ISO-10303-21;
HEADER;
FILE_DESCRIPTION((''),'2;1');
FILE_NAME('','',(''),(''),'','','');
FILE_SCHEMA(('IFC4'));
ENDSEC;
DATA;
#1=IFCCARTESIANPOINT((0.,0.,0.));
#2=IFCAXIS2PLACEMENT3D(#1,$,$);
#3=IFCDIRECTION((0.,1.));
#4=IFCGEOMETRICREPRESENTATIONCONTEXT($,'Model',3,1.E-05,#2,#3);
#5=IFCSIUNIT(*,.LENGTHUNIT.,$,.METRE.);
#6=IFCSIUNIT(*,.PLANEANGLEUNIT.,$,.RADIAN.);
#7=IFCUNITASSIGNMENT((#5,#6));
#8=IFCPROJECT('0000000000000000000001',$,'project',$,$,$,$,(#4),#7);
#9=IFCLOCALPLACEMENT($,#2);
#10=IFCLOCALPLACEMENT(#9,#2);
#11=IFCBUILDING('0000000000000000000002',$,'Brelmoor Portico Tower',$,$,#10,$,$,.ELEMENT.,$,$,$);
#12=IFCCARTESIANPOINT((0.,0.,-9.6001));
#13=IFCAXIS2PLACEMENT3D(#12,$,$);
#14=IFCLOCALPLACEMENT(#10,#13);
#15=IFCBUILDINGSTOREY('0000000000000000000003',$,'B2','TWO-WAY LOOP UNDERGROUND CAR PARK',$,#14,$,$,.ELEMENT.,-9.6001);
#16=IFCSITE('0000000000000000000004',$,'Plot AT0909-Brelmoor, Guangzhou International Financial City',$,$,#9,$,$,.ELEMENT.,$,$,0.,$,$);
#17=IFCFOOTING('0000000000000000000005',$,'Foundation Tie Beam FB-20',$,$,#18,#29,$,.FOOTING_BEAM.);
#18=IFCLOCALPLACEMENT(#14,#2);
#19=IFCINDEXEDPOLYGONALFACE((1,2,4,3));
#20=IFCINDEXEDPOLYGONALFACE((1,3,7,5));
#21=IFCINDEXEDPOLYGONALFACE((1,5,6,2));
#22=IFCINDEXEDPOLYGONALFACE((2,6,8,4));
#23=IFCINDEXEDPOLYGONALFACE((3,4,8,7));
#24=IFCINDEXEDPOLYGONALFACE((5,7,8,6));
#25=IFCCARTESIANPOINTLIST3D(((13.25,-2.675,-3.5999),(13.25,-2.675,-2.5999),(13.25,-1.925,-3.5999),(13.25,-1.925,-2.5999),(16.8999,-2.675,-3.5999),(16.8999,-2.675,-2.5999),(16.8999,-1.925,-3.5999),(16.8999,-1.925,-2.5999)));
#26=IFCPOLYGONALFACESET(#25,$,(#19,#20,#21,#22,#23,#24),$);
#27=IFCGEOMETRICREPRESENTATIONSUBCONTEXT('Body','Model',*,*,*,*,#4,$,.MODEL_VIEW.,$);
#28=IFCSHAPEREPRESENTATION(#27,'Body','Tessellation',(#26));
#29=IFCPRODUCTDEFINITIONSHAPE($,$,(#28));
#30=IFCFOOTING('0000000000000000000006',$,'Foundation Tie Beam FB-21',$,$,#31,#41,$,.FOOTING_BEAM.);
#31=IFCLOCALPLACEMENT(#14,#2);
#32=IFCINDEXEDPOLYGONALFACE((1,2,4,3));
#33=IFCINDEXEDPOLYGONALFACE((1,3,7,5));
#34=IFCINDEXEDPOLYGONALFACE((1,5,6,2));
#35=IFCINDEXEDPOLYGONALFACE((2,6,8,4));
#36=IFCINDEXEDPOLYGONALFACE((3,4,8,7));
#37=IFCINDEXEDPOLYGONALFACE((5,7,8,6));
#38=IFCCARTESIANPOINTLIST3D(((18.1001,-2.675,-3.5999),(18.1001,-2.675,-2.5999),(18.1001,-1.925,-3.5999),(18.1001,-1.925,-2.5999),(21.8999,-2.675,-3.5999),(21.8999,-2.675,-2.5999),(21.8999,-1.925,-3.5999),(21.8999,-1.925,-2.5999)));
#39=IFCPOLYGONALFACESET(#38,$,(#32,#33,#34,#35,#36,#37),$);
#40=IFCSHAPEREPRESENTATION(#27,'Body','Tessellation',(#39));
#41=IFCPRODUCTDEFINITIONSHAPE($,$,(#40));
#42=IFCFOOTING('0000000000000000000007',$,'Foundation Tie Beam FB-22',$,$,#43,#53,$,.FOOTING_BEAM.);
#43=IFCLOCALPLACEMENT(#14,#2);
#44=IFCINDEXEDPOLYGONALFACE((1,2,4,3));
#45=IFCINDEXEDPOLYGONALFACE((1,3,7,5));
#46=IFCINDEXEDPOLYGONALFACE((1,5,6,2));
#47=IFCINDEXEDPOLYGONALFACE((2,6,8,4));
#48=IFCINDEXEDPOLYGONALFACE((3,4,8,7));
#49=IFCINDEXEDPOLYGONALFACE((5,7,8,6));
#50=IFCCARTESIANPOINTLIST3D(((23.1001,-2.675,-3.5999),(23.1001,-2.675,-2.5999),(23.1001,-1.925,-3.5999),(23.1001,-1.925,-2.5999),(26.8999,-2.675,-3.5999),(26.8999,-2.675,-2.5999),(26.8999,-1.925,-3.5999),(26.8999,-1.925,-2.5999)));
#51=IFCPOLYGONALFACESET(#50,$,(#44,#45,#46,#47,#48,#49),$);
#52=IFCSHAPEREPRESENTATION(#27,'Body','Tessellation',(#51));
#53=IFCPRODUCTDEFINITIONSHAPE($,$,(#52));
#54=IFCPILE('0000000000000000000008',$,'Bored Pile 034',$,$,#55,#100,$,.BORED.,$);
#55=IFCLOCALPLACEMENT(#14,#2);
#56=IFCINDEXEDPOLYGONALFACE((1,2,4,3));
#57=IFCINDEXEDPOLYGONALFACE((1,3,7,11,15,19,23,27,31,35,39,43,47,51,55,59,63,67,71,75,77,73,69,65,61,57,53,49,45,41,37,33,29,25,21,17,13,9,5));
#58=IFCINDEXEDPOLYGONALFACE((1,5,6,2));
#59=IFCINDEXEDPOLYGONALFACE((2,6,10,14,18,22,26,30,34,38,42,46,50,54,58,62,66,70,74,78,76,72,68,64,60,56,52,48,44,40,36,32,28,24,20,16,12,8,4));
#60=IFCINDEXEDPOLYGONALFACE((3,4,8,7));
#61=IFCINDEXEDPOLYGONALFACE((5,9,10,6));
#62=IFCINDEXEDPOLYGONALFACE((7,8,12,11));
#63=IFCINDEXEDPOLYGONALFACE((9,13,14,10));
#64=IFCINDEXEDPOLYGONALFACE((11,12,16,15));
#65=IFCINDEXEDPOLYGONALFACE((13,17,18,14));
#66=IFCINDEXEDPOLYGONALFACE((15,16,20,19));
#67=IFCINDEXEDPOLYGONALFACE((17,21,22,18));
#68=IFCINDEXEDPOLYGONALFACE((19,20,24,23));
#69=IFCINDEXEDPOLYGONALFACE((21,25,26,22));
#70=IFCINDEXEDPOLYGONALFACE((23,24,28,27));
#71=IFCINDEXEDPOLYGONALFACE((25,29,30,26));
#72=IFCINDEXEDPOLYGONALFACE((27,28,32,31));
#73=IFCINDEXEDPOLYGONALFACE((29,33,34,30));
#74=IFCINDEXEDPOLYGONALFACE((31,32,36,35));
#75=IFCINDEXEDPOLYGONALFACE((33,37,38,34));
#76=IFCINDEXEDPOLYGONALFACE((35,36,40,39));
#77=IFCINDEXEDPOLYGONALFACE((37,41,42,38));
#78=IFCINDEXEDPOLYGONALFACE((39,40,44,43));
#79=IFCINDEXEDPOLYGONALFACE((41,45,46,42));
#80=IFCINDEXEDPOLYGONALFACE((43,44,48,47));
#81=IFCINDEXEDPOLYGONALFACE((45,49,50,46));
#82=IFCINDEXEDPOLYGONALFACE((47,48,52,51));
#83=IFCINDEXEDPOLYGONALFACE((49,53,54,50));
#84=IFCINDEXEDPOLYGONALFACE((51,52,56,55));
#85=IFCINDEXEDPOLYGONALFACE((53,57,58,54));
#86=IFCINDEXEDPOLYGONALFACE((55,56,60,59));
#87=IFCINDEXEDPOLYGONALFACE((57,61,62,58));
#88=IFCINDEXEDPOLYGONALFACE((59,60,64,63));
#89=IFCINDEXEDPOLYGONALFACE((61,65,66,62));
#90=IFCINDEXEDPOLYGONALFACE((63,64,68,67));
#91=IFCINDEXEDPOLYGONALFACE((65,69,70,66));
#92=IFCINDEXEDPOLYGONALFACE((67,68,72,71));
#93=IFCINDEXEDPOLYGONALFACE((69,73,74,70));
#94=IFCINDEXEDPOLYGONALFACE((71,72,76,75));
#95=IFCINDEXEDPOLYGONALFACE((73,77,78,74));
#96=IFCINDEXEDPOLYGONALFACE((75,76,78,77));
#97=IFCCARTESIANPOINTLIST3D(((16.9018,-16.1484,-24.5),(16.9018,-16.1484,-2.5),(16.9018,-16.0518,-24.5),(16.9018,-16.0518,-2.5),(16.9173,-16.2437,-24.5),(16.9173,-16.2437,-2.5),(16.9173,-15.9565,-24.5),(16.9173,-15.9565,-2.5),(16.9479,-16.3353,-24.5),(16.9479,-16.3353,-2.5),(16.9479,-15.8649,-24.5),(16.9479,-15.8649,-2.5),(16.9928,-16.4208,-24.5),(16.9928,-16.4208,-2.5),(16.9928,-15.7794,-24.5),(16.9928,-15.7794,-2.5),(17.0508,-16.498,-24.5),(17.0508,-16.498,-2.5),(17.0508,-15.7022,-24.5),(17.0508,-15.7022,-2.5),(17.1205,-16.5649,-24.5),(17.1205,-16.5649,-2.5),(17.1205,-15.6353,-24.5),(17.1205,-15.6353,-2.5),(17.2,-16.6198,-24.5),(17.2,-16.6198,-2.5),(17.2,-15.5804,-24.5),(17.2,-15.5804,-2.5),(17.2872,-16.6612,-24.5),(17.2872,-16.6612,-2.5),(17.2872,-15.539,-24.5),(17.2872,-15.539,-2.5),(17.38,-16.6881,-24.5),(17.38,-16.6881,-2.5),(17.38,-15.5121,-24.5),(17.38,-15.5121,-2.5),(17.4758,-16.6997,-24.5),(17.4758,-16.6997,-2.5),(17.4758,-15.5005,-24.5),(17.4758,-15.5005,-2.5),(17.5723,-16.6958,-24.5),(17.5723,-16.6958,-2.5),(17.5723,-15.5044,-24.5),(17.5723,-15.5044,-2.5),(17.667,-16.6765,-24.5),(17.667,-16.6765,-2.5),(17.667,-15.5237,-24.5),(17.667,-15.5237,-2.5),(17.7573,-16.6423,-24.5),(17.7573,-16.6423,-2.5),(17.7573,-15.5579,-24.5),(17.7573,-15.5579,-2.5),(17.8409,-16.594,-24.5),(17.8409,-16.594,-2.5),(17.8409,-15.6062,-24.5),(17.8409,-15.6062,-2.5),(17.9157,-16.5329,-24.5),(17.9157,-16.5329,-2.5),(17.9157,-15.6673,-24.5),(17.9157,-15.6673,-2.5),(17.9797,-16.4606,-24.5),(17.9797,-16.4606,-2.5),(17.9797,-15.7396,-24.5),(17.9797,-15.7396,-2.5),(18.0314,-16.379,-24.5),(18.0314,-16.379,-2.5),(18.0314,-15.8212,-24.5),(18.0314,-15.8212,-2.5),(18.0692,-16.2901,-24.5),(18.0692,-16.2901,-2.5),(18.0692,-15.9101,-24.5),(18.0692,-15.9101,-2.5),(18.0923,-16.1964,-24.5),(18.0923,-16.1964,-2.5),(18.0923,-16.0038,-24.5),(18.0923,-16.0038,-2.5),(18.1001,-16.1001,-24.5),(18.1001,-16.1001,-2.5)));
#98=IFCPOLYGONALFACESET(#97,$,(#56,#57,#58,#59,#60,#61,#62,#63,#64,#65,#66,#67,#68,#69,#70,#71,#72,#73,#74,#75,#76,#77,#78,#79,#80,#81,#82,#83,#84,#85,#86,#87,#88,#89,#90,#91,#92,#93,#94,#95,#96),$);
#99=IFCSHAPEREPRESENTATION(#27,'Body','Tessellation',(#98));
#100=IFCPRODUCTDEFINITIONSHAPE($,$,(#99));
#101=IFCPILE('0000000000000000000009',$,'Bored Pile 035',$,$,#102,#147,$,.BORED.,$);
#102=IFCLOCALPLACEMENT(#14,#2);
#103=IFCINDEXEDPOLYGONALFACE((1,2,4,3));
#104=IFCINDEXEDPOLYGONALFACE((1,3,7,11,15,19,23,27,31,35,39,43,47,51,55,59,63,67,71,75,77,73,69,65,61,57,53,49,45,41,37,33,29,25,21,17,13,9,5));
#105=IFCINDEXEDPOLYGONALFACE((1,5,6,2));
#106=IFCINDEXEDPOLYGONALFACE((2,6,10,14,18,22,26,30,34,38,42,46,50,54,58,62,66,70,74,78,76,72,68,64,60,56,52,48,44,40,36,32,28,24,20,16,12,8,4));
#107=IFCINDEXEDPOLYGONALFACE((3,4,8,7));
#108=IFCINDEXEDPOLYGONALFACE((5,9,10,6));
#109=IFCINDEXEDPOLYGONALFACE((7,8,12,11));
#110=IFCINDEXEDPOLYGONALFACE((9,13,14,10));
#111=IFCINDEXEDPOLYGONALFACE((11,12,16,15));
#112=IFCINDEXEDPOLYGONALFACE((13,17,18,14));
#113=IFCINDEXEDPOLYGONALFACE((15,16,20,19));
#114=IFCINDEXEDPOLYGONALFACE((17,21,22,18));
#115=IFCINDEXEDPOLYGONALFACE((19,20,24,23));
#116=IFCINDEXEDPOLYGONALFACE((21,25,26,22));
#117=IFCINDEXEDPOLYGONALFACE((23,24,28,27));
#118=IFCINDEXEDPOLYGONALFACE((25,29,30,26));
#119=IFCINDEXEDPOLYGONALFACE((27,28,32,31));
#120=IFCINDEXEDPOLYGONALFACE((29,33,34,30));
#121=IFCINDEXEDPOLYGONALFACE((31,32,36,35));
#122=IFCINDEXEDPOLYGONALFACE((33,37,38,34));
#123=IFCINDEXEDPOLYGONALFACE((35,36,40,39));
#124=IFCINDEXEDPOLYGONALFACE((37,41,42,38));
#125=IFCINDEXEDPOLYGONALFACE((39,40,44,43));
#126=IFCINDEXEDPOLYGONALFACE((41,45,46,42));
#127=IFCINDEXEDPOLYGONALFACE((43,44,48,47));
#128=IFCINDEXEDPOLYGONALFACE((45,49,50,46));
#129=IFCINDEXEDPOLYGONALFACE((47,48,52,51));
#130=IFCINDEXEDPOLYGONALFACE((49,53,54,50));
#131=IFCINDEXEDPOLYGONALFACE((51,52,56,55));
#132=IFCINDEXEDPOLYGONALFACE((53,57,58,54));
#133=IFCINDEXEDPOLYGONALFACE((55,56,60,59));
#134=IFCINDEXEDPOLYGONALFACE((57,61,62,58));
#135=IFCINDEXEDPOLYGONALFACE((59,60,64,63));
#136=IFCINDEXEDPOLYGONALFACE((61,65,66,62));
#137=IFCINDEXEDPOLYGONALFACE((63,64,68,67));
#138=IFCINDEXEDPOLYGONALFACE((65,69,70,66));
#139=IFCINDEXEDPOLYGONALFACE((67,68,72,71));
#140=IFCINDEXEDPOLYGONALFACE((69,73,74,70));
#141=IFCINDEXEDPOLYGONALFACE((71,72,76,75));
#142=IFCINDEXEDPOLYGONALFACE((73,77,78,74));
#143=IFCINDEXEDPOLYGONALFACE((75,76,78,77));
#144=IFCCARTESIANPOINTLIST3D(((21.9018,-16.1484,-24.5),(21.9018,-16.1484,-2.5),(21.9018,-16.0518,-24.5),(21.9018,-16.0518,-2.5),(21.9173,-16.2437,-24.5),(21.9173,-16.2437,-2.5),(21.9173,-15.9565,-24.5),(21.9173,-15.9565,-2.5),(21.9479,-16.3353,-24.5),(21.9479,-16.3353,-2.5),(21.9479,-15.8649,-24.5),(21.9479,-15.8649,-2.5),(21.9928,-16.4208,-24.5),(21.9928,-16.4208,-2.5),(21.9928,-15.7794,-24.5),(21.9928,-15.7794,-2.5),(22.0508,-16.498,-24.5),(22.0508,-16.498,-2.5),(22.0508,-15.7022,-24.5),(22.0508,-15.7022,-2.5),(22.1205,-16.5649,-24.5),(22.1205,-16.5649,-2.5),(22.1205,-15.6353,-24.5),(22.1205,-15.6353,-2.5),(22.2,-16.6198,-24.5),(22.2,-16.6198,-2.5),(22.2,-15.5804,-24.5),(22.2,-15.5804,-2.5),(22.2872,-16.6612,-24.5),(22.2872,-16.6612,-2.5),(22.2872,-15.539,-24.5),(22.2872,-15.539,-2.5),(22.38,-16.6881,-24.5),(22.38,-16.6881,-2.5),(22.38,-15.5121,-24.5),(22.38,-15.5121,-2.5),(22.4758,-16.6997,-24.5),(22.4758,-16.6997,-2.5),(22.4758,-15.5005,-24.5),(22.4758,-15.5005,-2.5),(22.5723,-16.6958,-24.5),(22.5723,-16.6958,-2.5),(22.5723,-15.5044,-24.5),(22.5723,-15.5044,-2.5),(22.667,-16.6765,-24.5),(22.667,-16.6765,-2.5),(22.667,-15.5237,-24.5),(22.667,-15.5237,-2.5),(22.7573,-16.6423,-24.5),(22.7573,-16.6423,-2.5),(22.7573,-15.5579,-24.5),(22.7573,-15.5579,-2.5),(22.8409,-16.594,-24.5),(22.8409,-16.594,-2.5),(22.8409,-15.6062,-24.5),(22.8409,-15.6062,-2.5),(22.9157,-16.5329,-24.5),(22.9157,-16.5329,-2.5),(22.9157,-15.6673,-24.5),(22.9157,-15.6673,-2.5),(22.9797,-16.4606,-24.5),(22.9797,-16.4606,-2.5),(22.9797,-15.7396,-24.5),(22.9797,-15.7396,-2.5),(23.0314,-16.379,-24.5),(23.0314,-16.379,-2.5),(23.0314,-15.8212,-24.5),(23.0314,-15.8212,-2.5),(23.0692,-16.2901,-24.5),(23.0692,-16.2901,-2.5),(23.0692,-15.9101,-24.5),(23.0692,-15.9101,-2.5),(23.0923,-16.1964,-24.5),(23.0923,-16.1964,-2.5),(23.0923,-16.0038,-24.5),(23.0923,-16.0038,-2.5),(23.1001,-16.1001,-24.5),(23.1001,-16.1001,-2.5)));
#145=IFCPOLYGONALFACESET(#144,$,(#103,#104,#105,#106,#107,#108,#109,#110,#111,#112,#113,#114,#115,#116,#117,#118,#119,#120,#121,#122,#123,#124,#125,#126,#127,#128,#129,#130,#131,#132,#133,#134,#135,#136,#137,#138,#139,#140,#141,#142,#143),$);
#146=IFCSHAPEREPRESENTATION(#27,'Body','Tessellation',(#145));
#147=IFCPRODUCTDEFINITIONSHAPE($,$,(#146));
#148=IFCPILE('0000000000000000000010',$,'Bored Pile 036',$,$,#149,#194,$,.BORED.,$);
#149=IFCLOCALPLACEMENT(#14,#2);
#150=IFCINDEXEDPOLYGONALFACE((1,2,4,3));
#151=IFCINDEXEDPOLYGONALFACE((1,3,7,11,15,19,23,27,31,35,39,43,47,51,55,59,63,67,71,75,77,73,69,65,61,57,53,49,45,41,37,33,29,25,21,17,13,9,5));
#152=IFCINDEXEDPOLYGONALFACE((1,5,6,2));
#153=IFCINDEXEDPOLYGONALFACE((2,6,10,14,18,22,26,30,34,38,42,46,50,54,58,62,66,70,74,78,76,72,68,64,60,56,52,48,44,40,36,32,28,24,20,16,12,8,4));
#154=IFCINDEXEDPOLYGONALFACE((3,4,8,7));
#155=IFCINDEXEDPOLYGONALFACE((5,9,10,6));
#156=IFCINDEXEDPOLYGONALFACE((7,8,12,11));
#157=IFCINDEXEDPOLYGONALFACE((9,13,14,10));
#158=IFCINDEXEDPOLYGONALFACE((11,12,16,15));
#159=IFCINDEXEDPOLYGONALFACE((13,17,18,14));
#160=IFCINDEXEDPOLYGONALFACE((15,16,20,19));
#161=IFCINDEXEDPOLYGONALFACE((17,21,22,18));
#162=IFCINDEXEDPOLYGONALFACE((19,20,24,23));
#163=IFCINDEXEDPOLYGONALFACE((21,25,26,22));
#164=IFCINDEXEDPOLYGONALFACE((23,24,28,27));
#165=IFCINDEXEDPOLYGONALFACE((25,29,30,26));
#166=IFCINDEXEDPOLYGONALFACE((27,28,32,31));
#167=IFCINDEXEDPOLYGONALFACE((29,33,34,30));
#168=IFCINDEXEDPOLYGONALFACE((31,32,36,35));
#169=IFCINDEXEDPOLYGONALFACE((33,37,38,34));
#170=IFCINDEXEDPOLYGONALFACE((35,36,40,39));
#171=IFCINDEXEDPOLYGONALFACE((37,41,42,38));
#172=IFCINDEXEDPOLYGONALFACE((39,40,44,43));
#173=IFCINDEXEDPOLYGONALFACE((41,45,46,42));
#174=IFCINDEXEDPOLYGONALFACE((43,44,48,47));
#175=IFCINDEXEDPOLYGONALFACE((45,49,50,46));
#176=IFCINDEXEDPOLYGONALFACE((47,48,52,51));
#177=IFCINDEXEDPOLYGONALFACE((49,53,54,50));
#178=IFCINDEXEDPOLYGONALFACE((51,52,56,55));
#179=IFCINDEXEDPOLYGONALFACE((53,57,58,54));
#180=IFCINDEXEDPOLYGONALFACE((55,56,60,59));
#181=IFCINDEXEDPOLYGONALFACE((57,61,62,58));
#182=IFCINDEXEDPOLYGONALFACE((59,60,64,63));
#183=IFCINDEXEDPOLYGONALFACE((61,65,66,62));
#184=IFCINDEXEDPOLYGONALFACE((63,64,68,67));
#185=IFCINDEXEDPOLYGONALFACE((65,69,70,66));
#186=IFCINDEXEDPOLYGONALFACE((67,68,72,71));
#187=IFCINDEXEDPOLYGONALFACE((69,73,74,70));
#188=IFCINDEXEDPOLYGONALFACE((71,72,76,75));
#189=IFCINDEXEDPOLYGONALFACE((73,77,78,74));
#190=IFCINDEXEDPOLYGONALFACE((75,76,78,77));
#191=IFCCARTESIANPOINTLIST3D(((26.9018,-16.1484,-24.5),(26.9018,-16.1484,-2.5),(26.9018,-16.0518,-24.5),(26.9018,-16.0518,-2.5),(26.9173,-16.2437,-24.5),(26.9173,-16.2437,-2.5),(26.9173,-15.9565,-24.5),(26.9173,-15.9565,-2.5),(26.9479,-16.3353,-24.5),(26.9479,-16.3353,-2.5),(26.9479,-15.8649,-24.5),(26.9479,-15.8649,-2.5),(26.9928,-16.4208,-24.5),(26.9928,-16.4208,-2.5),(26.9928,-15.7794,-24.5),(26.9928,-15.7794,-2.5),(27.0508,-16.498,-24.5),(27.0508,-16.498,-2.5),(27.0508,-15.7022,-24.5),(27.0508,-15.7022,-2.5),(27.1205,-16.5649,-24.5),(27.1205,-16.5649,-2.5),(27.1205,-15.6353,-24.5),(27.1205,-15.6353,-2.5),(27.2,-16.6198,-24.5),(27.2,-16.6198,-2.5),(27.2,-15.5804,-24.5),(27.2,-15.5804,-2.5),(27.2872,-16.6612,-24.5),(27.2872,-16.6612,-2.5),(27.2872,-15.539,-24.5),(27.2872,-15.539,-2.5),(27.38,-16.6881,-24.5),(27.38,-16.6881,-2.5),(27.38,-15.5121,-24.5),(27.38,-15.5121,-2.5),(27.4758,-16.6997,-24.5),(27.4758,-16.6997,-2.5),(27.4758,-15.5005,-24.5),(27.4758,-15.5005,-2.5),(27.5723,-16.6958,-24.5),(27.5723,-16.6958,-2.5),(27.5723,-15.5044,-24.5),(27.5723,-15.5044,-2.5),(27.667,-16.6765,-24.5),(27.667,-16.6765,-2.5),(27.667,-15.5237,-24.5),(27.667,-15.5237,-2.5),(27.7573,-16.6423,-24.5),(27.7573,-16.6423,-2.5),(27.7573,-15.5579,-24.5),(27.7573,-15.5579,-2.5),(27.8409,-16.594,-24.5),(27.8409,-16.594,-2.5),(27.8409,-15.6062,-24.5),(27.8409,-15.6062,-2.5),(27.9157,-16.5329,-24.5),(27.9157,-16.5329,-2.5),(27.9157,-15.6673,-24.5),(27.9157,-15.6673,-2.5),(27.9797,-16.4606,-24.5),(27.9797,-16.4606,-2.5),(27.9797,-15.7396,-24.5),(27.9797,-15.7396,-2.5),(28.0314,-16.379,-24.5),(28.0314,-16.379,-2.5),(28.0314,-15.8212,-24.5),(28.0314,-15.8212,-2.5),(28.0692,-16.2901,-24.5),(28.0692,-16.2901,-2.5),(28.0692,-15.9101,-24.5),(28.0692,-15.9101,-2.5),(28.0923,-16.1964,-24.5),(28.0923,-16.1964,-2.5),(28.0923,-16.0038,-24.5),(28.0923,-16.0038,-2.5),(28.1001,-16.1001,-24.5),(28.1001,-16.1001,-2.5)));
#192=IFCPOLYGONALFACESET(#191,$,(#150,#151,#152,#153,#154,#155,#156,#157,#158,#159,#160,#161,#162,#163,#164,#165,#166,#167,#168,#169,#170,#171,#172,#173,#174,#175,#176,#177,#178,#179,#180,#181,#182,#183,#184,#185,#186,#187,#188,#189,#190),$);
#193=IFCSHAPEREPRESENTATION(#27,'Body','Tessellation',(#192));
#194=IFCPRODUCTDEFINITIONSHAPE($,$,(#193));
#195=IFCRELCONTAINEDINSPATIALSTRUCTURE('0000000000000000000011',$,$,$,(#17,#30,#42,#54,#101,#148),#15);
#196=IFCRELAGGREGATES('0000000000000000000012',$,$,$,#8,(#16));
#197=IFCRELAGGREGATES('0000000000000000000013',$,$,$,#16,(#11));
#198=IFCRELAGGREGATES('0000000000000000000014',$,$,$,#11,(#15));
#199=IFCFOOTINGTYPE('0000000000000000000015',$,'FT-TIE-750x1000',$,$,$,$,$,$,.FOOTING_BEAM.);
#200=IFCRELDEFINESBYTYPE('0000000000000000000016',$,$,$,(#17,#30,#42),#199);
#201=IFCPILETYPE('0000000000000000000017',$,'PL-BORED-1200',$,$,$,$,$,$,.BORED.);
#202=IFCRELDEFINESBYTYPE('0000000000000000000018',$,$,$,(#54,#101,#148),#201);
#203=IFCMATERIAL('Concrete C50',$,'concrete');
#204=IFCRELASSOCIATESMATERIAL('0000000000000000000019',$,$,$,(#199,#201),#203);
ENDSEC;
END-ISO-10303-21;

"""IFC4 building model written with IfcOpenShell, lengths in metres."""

from ifc_helpers import new_model, si_unit, direction, frame, origin, origin_2d, place, context, subcontext, project, spatial, rectangle, circle, extrude, material, material_profile, profile_set, type_object, element, save


model = new_model("IFC4")

# Units and contexts
model_context = context("Model", 3, precision=1e-05, world=origin(), true_north=direction((0.0, 1.0)))
body_context = subcontext(model_context, "Body", "Model", "MODEL_VIEW")
ifc_project = project(units=[si_unit("LENGTHUNIT", "METRE"), si_unit("PLANEANGLEUNIT", "RADIAN")], contexts=[model_context])

# Site, building, storey
site_placement = place(None, origin())
site = spatial("IfcSite", under=ifc_project, at=site_placement, Name="Plot AT0909-Brelmoor, Guangzhou International Financial City", CompositionType="ELEMENT", RefElevation=0.0)
building_placement = place(site_placement, origin())
building = spatial("IfcBuilding", under=site, at=building_placement, Name="Brelmoor Portico Tower", CompositionType="ELEMENT")
storey_placement = place(building_placement, frame((0.0, 0.0, -9.6001)))
storey = spatial("IfcBuildingStorey", under=building, at=storey_placement, Name="B2", Description="TWO-WAY LOOP UNDERGROUND CAR PARK", CompositionType="ELEMENT", Elevation=-9.6001)

# Footings
ifc_material_1 = material(Name="Concrete C50", Category="concrete")
ifc_material_profile_1 = material_profile(ifc_material_1, rectangle(XDim=0.75, YDim=1.0, at=origin_2d()), Name="RC 750x1000")
ifc_profile_set_1 = profile_set([ifc_material_profile_1], Name="Concrete C50")
footing_type = type_object("IfcFootingType", Name="FT-TIE-750x1000", PredefinedType="FOOTING_BEAM", material=ifc_profile_set_1)
footing_placement = place(storey_placement, frame((13.25, -2.3, -3.0999), z_axis=(1.0, 0.0, 0.0), x_axis=(0.0, 1.0, 0.0)))
element("IfcFooting", 1, at=footing_placement, inside=storey, type_object=footing_type, Name="Foundation Tie Beam FB-20", PredefinedType="FOOTING_BEAM", context=body_context, shape_type="SweptSolid", body=[
    extrude(rectangle(XDim=0.75, YDim=1.0, at=origin_2d()), origin(), (0.0, 0.0, 1.0), 3.6499),
])
for number, where, z_axis, x_axis, name in (
    (2, (18.1001, -2.3, -3.0999), (1.0, 0.0, 0.0), (0.0, 1.0, 0.0), "Foundation Tie Beam FB-21"),
    (3, (23.1001, -2.3, -3.0999), (1.0, 0.0, 0.0), (0.0, 1.0, 0.0), "Foundation Tie Beam FB-22"),
):
    element("IfcFooting", number, at=place(storey_placement, frame(where, z_axis=z_axis, x_axis=x_axis)), inside=storey, type_object=footing_type, Name=name, PredefinedType="FOOTING_BEAM", context=body_context, shape_type="SweptSolid", body=[
        extrude(rectangle(XDim=0.75, YDim=1.0, at=origin_2d()), origin(), (0.0, 0.0, 1.0), 3.7998),
    ])

# Piles
ifc_material_profile_2 = material_profile(ifc_material_1, circle(Radius=0.6001, at=origin_2d()), Name="BORED PILE D1200")
ifc_profile_set_2 = profile_set([ifc_material_profile_2], Name="Concrete C50")
pile_type_1 = type_object("IfcPileType", Name="PL-BORED-1200", PredefinedType="BORED", material=ifc_profile_set_2)
for number, where, z_axis, x_axis, name in (
    (4, (17.5, -16.1001, -2.5), (0.0, 0.0, -1.0), (1.0, 0.0, 0.0), "Bored Pile 034"),
    (5, (22.5, -16.1001, -2.5), (0.0, 0.0, -1.0), (1.0, 0.0, 0.0), "Bored Pile 035"),
    (6, (27.5, -16.1001, -2.5), (0.0, 0.0, -1.0), (1.0, 0.0, 0.0), "Bored Pile 036"),
):
    element("IfcPile", number, at=place(storey_placement, frame(where, z_axis=z_axis, x_axis=x_axis)), inside=storey, type_object=pile_type_1, Name=name, PredefinedType="BORED", context=body_context, shape_type="SweptSolid", body=[
        extrude(circle(Radius=0.6001, at=origin_2d()), origin(), (0.0, 0.0, 1.0), 22.0),
    ])

save(model, "model.ifc")
